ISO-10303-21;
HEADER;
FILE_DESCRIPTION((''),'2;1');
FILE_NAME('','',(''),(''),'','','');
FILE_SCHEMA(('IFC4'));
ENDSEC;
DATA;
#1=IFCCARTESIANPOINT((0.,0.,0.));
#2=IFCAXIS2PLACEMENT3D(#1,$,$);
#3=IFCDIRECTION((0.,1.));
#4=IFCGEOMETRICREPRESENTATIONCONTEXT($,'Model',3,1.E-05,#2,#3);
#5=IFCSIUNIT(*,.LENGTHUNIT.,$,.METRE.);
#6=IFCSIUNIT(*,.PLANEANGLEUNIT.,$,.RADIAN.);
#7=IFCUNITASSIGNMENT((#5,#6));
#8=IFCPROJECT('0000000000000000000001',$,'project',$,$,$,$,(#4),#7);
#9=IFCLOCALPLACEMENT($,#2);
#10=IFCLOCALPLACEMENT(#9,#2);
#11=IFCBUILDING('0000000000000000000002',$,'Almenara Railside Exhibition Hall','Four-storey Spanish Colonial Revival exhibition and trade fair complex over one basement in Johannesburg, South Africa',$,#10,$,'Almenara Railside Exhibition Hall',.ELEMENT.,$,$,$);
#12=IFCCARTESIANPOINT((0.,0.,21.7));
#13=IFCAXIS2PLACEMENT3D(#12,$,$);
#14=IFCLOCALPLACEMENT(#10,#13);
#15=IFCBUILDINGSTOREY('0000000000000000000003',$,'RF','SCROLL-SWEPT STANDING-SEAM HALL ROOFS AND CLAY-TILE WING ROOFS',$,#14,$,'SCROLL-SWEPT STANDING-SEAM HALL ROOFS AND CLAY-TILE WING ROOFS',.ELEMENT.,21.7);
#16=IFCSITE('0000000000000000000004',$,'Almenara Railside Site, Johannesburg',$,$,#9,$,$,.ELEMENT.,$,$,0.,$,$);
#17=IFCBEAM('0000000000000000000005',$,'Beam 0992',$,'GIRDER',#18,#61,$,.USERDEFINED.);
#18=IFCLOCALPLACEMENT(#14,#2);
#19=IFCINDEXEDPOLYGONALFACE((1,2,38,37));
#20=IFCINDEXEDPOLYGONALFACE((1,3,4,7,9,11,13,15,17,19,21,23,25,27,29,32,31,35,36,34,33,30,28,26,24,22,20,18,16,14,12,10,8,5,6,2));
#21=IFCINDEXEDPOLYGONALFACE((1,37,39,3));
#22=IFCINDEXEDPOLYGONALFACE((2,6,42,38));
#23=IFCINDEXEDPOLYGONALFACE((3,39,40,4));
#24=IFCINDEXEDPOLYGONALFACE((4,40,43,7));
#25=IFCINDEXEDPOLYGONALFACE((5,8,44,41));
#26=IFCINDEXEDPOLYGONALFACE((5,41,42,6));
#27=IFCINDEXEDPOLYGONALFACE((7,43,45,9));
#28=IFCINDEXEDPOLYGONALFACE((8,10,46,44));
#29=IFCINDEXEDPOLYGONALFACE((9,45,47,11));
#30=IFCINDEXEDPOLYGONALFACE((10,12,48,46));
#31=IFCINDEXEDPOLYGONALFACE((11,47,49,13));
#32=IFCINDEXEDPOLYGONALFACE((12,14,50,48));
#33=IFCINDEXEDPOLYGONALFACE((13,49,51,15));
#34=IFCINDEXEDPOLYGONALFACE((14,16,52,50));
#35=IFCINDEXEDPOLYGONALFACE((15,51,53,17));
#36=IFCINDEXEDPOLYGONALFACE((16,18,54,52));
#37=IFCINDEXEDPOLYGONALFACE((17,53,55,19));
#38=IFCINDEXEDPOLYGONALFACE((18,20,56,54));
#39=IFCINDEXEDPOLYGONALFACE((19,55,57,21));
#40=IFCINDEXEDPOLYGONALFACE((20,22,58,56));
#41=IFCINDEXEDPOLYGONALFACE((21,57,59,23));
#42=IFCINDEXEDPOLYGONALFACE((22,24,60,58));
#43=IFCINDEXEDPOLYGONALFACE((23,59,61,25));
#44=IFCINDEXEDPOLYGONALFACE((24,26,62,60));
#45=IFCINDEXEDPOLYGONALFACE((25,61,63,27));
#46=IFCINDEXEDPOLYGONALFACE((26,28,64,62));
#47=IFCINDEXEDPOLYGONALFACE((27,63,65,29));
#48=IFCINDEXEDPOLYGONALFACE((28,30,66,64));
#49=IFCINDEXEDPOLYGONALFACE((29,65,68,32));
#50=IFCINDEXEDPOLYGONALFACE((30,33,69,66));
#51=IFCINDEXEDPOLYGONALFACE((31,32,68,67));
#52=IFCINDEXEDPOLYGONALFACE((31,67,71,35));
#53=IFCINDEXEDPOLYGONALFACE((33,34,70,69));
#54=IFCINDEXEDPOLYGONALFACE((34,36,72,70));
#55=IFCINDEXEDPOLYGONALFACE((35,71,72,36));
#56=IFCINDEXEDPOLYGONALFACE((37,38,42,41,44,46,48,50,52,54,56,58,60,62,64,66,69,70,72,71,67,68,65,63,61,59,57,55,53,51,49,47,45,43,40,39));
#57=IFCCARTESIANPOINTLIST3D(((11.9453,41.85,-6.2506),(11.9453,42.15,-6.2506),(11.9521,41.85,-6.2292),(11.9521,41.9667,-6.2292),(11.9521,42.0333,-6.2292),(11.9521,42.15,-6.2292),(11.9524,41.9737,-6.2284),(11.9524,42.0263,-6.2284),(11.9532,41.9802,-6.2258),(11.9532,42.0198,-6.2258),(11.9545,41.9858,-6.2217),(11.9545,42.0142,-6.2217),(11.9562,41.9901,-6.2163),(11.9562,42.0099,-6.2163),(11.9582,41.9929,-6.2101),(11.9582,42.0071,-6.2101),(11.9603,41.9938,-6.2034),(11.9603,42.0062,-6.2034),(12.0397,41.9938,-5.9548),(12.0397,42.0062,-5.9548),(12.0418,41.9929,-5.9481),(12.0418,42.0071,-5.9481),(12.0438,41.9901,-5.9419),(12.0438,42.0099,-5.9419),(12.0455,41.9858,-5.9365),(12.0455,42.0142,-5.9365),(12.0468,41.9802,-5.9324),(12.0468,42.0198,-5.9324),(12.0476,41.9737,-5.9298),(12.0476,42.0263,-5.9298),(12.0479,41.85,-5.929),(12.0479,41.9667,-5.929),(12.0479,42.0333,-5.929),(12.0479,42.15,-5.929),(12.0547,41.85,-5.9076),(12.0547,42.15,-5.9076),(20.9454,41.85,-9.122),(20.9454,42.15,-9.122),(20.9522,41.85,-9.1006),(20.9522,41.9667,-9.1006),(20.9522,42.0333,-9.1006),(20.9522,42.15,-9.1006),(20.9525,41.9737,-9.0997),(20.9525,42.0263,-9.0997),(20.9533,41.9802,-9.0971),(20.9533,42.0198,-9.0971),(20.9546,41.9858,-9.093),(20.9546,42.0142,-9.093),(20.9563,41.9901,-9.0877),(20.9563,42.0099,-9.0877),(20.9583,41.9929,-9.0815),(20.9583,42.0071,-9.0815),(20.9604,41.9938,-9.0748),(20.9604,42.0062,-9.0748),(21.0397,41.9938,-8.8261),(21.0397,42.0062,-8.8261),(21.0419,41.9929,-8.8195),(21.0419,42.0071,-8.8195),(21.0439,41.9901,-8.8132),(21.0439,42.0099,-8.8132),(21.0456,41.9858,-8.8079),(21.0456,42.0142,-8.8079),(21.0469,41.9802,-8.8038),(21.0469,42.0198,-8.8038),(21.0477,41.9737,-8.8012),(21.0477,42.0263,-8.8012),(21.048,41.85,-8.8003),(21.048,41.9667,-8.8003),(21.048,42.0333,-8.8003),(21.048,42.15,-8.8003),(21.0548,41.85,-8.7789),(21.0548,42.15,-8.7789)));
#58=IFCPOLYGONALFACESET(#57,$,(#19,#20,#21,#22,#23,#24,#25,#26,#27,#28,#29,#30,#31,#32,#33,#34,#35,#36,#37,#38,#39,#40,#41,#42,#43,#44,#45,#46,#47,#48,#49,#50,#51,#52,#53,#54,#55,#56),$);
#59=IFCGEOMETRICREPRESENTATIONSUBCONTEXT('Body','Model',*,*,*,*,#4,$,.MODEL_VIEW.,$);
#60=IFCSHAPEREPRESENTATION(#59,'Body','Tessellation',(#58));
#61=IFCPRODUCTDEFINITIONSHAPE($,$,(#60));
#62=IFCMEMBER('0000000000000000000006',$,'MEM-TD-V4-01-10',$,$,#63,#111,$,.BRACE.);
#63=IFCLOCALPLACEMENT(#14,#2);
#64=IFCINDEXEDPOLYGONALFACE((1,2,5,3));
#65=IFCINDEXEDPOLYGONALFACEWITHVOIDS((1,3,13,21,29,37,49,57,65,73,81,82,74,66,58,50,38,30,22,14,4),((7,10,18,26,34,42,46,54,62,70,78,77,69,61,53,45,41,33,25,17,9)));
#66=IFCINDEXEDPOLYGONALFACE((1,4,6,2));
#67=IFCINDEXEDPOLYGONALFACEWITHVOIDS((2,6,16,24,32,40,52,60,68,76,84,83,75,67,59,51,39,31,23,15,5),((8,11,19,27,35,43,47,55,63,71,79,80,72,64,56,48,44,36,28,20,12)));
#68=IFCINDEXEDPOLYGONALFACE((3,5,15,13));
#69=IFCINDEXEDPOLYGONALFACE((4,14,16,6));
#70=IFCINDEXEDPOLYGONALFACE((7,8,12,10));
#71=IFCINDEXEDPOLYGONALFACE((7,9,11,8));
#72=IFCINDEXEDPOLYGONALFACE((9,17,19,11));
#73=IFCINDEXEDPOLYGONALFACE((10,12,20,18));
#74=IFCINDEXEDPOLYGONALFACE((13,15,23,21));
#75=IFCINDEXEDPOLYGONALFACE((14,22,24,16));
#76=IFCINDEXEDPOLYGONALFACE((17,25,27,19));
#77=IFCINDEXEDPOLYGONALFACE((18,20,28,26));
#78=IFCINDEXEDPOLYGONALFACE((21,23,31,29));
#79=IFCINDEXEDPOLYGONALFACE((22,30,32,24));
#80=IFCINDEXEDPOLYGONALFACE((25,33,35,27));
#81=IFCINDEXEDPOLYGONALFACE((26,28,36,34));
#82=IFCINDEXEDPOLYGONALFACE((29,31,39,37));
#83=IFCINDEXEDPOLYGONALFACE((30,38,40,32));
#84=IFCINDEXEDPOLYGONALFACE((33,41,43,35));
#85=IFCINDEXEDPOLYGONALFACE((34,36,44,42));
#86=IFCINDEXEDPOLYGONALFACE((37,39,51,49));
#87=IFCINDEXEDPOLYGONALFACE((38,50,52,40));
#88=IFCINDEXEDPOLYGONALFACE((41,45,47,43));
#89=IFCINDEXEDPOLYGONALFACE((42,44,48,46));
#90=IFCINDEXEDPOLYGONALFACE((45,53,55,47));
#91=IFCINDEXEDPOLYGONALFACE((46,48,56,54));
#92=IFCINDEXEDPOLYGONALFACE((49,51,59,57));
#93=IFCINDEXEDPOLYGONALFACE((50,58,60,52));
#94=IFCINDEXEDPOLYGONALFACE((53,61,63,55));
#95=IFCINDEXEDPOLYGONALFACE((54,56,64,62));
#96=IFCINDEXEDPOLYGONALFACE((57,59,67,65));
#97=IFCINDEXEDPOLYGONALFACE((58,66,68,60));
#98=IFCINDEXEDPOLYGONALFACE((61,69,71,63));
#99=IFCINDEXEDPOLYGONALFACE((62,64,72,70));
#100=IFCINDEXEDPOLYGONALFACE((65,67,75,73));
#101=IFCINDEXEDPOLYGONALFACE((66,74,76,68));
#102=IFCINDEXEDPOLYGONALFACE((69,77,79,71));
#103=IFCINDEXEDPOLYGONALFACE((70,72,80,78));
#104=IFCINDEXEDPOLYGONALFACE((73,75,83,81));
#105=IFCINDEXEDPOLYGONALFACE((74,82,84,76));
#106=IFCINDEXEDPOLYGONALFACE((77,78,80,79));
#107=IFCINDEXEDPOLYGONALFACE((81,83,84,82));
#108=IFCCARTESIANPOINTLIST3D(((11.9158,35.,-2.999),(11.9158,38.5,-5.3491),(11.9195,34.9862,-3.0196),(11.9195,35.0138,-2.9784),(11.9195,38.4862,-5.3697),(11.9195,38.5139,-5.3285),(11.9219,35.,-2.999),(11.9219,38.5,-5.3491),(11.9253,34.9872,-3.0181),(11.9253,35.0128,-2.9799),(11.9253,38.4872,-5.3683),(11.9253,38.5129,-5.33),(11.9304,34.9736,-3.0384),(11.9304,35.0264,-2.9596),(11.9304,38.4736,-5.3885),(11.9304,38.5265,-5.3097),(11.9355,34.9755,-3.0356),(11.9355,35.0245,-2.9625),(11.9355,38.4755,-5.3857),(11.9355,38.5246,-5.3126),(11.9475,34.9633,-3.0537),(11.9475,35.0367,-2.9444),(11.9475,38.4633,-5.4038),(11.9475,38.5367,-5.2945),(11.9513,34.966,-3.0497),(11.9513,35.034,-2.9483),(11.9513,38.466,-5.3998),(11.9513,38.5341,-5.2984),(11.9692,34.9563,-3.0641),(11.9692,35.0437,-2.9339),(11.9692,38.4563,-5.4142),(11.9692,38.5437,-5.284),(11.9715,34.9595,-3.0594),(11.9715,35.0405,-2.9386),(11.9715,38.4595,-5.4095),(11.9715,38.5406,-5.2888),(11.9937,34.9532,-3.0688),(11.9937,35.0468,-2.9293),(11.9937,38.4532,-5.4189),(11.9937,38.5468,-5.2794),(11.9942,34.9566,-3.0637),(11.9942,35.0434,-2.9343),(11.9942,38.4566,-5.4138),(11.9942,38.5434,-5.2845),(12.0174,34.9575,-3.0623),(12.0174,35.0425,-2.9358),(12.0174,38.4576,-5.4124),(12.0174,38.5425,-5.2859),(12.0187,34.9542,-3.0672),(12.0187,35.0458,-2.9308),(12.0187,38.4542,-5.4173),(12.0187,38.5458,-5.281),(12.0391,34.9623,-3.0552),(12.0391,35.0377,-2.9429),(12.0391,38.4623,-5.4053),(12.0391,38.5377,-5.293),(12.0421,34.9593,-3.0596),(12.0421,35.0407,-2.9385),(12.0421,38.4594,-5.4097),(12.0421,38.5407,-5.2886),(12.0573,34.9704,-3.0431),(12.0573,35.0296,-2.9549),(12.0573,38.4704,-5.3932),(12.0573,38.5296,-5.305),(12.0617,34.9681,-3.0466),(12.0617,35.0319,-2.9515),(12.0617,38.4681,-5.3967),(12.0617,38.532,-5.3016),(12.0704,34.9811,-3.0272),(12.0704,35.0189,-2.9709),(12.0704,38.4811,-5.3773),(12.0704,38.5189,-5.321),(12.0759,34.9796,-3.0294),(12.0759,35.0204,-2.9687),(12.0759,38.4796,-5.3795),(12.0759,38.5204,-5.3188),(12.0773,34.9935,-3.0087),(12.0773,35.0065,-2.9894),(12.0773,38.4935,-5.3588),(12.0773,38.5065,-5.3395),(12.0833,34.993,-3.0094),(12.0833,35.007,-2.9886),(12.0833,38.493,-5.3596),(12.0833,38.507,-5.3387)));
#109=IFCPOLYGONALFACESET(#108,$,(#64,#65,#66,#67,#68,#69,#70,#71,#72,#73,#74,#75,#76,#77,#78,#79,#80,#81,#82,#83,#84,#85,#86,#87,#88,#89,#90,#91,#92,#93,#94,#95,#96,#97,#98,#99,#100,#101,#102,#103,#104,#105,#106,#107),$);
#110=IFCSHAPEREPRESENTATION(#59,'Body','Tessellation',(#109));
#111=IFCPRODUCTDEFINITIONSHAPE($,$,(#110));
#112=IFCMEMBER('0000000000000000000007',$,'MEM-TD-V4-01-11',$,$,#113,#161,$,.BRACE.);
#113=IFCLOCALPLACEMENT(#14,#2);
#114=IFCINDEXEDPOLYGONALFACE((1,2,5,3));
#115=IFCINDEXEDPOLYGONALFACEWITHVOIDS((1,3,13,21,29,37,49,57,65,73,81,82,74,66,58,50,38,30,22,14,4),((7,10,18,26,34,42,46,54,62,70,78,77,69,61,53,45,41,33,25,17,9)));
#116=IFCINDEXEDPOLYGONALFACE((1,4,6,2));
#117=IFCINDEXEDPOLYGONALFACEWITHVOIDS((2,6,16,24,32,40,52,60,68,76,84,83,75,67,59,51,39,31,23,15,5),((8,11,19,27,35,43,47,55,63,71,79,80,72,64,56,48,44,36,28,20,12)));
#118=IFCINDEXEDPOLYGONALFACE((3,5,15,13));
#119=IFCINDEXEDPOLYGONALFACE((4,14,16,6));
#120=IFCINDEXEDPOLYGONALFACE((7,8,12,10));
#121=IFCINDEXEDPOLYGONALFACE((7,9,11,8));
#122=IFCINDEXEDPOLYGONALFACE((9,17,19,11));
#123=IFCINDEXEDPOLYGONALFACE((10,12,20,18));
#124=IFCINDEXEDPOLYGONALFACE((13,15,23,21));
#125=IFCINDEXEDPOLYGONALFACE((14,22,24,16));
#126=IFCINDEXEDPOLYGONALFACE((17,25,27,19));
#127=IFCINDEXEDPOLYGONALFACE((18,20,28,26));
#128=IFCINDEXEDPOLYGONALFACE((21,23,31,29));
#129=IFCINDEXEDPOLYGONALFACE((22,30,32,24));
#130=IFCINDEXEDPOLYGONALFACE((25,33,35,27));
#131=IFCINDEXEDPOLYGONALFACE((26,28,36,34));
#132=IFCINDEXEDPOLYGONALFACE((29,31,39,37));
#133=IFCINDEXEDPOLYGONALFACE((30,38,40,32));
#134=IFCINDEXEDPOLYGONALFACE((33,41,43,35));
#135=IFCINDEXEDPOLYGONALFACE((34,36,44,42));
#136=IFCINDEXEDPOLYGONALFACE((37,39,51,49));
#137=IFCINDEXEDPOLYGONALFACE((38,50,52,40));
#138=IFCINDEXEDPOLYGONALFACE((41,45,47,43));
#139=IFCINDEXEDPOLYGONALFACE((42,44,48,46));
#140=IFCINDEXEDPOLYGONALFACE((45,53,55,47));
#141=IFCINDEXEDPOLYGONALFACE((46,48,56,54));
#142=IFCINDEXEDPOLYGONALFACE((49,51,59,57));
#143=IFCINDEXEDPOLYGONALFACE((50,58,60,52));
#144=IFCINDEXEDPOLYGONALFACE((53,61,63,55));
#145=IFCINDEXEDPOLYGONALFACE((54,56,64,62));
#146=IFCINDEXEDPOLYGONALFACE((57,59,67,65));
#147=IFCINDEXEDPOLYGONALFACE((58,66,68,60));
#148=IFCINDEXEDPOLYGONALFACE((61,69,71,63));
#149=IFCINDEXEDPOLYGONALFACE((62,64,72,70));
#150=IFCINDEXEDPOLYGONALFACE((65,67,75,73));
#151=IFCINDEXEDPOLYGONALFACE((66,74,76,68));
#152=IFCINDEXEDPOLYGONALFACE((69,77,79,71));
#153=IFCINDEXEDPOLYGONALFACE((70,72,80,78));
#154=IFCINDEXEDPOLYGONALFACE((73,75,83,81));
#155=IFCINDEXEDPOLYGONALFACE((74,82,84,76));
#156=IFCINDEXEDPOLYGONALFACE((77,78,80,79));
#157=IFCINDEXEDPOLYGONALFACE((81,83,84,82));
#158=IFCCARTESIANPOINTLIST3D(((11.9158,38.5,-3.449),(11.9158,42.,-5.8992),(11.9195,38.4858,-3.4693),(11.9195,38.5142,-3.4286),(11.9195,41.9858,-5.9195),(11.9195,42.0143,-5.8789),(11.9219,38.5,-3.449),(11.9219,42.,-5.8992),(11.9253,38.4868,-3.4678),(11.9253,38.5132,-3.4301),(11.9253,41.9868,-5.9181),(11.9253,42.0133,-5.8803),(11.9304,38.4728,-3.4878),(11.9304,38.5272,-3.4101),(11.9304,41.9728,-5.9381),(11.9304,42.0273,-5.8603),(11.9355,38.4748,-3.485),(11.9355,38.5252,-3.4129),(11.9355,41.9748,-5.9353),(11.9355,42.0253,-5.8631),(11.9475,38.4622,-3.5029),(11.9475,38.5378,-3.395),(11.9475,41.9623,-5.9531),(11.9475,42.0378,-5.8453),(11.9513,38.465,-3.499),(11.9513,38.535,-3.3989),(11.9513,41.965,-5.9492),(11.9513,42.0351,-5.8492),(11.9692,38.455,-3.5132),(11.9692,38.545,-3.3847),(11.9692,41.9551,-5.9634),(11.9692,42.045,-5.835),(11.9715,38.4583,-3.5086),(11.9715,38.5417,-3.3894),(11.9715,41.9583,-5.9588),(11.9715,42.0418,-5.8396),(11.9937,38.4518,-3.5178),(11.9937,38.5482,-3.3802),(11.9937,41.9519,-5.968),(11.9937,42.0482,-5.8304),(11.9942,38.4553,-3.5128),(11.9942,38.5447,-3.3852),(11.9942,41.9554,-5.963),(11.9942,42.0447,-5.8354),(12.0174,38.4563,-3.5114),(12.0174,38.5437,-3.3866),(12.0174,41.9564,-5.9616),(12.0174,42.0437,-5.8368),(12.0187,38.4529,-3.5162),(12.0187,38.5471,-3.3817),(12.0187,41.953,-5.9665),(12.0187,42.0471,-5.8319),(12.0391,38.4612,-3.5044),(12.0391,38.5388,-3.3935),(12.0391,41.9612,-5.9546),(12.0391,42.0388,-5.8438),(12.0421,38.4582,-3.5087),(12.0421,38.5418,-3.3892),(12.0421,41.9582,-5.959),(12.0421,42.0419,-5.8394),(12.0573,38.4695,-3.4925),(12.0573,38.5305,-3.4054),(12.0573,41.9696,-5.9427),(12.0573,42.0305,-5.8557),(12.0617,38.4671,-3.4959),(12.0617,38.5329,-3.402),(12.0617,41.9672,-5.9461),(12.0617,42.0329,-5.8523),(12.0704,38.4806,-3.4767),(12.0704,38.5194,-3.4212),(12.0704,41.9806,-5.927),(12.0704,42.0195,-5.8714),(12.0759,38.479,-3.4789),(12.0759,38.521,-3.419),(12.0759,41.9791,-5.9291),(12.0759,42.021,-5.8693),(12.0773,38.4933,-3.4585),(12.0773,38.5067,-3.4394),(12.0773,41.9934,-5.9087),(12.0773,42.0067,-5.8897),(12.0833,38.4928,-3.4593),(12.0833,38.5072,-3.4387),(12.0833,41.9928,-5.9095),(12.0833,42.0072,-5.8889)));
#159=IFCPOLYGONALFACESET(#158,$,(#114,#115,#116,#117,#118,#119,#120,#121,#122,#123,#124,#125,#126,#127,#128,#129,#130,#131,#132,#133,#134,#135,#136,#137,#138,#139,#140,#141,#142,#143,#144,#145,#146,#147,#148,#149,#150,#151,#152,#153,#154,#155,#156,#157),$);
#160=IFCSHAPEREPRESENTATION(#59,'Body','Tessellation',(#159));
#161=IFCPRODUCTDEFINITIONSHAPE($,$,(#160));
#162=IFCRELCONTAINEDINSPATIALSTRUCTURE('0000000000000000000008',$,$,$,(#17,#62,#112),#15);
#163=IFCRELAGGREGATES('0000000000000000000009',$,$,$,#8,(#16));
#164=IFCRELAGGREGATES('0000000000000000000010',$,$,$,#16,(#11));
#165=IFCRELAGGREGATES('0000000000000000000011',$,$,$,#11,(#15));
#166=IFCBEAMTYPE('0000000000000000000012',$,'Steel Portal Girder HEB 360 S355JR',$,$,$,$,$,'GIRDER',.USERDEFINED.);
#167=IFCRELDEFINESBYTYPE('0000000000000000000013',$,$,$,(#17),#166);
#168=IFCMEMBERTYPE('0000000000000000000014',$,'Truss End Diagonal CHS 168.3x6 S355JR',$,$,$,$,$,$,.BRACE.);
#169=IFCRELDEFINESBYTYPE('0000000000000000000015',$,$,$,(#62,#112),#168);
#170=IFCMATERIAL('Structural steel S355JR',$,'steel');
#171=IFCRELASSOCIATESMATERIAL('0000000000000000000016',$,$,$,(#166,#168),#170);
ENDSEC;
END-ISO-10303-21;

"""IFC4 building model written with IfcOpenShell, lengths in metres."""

from ifc_helpers import new_model, si_unit, direction, frame, origin, origin_2d, place, context, subcontext, project, spatial, hollow_circle, i_section, extrude, material, material_profile, profile_set, type_object, element, save


model = new_model("IFC4")

# Units and contexts
model_context = context("Model", 3, precision=1e-05, world=origin(), true_north=direction((0.0, 1.0)))
body_context = subcontext(model_context, "Body", "Model", "MODEL_VIEW")
ifc_project = project(units=[si_unit("LENGTHUNIT", "METRE"), si_unit("PLANEANGLEUNIT", "RADIAN")], contexts=[model_context])

# Site, building, storey
site_placement = place(None, origin())
site = spatial("IfcSite", under=ifc_project, at=site_placement, Name="Almenara Railside Site, Johannesburg", CompositionType="ELEMENT", RefElevation=0.0)
building_placement = place(site_placement, origin())
building = spatial("IfcBuilding", under=site, at=building_placement, Name="Almenara Railside Exhibition Hall", Description="Four-storey Spanish Colonial Revival exhibition and trade fair complex over one basement in Johannesburg, South Africa", LongName="Almenara Railside Exhibition Hall", CompositionType="ELEMENT")
storey_placement = place(building_placement, frame((0.0, 0.0, 21.7)))
storey = spatial("IfcBuildingStorey", under=building, at=storey_placement, Name="RF", Description="SCROLL-SWEPT STANDING-SEAM HALL ROOFS AND CLAY-TILE WING ROOFS", LongName="SCROLL-SWEPT STANDING-SEAM HALL ROOFS AND CLAY-TILE WING ROOFS", CompositionType="ELEMENT", Elevation=21.7)

# Shared definitions
ifc_material_1 = material(Name="Structural steel S355JR", Category="steel")

# Beam
ifc_material_profile_1 = material_profile(ifc_material_1, i_section(OverallWidth=0.3, OverallDepth=0.3601, WebThickness=0.0125, FlangeThickness=0.0225, FilletRadius=0.0271, at=origin_2d()), Name="HEB 360")
ifc_profile_set_1 = profile_set([ifc_material_profile_1], Name="Structural steel S355JR")
beam_type = type_object("IfcBeamType", Name="Steel Portal Girder HEB 360 S355JR", ElementType="GIRDER", PredefinedType="USERDEFINED", material=ifc_profile_set_1)
beam_placement = place(storey_placement, frame((12.0, 42.0, -6.0791), z_axis=(0.95269, 0.0, -0.303944), x_axis=(0.0, 1.0, 0.0)))
element("IfcBeam", 1, at=beam_placement, inside=storey, type_object=beam_type, Name="Beam 0992", ObjectType="GIRDER", PredefinedType="USERDEFINED", context=body_context, shape_type="SweptSolid", body=[
    extrude(i_section(OverallWidth=0.3, OverallDepth=0.3601, WebThickness=0.0125, FlangeThickness=0.0225, FilletRadius=0.0271, at=origin_2d()), origin(), (0.0, 0.0, 1.0), 9.447),
])

# Members
ifc_material_profile_2 = material_profile(ifc_material_1, hollow_circle(Radius=0.0842, WallThickness=0.0061, at=origin_2d()), Name="CHS 168.3x6")
ifc_profile_set_2 = profile_set([ifc_material_profile_2], Name="Structural steel S355JR")
member_type_1 = type_object("IfcMemberType", Name="Truss End Diagonal CHS 168.3x6 S355JR", PredefinedType="BRACE", material=ifc_profile_set_2)
member_1_placement = place(storey_placement, frame((12.0, 35.0, -2.999), z_axis=(0.0, 0.83021, -0.55745), x_axis=(-1.0, 0.0, 0.0)))
element("IfcMember", 2, at=member_1_placement, inside=storey, type_object=member_type_1, Name="MEM-TD-V4-01-10", PredefinedType="BRACE", context=body_context, shape_type="SweptSolid", body=[
    extrude(hollow_circle(Radius=0.0842, WallThickness=0.0061, at=origin_2d()), origin(), (0.0, 0.0, 1.0), 4.2158),
])
member_2_placement = place(storey_placement, frame((12.0, 38.5, -3.449), z_axis=(0.0, 0.81921, -0.573493), x_axis=(-1.0, 0.0, 0.0)))
element("IfcMember", 3, at=member_2_placement, inside=storey, type_object=member_type_1, Name="MEM-TD-V4-01-11", PredefinedType="BRACE", context=body_context, shape_type="SweptSolid", body=[
    extrude(hollow_circle(Radius=0.0842, WallThickness=0.0061, at=origin_2d()), origin(), (0.0, 0.0, 1.0), 4.2725),
])

save(model, "model.ifc")
